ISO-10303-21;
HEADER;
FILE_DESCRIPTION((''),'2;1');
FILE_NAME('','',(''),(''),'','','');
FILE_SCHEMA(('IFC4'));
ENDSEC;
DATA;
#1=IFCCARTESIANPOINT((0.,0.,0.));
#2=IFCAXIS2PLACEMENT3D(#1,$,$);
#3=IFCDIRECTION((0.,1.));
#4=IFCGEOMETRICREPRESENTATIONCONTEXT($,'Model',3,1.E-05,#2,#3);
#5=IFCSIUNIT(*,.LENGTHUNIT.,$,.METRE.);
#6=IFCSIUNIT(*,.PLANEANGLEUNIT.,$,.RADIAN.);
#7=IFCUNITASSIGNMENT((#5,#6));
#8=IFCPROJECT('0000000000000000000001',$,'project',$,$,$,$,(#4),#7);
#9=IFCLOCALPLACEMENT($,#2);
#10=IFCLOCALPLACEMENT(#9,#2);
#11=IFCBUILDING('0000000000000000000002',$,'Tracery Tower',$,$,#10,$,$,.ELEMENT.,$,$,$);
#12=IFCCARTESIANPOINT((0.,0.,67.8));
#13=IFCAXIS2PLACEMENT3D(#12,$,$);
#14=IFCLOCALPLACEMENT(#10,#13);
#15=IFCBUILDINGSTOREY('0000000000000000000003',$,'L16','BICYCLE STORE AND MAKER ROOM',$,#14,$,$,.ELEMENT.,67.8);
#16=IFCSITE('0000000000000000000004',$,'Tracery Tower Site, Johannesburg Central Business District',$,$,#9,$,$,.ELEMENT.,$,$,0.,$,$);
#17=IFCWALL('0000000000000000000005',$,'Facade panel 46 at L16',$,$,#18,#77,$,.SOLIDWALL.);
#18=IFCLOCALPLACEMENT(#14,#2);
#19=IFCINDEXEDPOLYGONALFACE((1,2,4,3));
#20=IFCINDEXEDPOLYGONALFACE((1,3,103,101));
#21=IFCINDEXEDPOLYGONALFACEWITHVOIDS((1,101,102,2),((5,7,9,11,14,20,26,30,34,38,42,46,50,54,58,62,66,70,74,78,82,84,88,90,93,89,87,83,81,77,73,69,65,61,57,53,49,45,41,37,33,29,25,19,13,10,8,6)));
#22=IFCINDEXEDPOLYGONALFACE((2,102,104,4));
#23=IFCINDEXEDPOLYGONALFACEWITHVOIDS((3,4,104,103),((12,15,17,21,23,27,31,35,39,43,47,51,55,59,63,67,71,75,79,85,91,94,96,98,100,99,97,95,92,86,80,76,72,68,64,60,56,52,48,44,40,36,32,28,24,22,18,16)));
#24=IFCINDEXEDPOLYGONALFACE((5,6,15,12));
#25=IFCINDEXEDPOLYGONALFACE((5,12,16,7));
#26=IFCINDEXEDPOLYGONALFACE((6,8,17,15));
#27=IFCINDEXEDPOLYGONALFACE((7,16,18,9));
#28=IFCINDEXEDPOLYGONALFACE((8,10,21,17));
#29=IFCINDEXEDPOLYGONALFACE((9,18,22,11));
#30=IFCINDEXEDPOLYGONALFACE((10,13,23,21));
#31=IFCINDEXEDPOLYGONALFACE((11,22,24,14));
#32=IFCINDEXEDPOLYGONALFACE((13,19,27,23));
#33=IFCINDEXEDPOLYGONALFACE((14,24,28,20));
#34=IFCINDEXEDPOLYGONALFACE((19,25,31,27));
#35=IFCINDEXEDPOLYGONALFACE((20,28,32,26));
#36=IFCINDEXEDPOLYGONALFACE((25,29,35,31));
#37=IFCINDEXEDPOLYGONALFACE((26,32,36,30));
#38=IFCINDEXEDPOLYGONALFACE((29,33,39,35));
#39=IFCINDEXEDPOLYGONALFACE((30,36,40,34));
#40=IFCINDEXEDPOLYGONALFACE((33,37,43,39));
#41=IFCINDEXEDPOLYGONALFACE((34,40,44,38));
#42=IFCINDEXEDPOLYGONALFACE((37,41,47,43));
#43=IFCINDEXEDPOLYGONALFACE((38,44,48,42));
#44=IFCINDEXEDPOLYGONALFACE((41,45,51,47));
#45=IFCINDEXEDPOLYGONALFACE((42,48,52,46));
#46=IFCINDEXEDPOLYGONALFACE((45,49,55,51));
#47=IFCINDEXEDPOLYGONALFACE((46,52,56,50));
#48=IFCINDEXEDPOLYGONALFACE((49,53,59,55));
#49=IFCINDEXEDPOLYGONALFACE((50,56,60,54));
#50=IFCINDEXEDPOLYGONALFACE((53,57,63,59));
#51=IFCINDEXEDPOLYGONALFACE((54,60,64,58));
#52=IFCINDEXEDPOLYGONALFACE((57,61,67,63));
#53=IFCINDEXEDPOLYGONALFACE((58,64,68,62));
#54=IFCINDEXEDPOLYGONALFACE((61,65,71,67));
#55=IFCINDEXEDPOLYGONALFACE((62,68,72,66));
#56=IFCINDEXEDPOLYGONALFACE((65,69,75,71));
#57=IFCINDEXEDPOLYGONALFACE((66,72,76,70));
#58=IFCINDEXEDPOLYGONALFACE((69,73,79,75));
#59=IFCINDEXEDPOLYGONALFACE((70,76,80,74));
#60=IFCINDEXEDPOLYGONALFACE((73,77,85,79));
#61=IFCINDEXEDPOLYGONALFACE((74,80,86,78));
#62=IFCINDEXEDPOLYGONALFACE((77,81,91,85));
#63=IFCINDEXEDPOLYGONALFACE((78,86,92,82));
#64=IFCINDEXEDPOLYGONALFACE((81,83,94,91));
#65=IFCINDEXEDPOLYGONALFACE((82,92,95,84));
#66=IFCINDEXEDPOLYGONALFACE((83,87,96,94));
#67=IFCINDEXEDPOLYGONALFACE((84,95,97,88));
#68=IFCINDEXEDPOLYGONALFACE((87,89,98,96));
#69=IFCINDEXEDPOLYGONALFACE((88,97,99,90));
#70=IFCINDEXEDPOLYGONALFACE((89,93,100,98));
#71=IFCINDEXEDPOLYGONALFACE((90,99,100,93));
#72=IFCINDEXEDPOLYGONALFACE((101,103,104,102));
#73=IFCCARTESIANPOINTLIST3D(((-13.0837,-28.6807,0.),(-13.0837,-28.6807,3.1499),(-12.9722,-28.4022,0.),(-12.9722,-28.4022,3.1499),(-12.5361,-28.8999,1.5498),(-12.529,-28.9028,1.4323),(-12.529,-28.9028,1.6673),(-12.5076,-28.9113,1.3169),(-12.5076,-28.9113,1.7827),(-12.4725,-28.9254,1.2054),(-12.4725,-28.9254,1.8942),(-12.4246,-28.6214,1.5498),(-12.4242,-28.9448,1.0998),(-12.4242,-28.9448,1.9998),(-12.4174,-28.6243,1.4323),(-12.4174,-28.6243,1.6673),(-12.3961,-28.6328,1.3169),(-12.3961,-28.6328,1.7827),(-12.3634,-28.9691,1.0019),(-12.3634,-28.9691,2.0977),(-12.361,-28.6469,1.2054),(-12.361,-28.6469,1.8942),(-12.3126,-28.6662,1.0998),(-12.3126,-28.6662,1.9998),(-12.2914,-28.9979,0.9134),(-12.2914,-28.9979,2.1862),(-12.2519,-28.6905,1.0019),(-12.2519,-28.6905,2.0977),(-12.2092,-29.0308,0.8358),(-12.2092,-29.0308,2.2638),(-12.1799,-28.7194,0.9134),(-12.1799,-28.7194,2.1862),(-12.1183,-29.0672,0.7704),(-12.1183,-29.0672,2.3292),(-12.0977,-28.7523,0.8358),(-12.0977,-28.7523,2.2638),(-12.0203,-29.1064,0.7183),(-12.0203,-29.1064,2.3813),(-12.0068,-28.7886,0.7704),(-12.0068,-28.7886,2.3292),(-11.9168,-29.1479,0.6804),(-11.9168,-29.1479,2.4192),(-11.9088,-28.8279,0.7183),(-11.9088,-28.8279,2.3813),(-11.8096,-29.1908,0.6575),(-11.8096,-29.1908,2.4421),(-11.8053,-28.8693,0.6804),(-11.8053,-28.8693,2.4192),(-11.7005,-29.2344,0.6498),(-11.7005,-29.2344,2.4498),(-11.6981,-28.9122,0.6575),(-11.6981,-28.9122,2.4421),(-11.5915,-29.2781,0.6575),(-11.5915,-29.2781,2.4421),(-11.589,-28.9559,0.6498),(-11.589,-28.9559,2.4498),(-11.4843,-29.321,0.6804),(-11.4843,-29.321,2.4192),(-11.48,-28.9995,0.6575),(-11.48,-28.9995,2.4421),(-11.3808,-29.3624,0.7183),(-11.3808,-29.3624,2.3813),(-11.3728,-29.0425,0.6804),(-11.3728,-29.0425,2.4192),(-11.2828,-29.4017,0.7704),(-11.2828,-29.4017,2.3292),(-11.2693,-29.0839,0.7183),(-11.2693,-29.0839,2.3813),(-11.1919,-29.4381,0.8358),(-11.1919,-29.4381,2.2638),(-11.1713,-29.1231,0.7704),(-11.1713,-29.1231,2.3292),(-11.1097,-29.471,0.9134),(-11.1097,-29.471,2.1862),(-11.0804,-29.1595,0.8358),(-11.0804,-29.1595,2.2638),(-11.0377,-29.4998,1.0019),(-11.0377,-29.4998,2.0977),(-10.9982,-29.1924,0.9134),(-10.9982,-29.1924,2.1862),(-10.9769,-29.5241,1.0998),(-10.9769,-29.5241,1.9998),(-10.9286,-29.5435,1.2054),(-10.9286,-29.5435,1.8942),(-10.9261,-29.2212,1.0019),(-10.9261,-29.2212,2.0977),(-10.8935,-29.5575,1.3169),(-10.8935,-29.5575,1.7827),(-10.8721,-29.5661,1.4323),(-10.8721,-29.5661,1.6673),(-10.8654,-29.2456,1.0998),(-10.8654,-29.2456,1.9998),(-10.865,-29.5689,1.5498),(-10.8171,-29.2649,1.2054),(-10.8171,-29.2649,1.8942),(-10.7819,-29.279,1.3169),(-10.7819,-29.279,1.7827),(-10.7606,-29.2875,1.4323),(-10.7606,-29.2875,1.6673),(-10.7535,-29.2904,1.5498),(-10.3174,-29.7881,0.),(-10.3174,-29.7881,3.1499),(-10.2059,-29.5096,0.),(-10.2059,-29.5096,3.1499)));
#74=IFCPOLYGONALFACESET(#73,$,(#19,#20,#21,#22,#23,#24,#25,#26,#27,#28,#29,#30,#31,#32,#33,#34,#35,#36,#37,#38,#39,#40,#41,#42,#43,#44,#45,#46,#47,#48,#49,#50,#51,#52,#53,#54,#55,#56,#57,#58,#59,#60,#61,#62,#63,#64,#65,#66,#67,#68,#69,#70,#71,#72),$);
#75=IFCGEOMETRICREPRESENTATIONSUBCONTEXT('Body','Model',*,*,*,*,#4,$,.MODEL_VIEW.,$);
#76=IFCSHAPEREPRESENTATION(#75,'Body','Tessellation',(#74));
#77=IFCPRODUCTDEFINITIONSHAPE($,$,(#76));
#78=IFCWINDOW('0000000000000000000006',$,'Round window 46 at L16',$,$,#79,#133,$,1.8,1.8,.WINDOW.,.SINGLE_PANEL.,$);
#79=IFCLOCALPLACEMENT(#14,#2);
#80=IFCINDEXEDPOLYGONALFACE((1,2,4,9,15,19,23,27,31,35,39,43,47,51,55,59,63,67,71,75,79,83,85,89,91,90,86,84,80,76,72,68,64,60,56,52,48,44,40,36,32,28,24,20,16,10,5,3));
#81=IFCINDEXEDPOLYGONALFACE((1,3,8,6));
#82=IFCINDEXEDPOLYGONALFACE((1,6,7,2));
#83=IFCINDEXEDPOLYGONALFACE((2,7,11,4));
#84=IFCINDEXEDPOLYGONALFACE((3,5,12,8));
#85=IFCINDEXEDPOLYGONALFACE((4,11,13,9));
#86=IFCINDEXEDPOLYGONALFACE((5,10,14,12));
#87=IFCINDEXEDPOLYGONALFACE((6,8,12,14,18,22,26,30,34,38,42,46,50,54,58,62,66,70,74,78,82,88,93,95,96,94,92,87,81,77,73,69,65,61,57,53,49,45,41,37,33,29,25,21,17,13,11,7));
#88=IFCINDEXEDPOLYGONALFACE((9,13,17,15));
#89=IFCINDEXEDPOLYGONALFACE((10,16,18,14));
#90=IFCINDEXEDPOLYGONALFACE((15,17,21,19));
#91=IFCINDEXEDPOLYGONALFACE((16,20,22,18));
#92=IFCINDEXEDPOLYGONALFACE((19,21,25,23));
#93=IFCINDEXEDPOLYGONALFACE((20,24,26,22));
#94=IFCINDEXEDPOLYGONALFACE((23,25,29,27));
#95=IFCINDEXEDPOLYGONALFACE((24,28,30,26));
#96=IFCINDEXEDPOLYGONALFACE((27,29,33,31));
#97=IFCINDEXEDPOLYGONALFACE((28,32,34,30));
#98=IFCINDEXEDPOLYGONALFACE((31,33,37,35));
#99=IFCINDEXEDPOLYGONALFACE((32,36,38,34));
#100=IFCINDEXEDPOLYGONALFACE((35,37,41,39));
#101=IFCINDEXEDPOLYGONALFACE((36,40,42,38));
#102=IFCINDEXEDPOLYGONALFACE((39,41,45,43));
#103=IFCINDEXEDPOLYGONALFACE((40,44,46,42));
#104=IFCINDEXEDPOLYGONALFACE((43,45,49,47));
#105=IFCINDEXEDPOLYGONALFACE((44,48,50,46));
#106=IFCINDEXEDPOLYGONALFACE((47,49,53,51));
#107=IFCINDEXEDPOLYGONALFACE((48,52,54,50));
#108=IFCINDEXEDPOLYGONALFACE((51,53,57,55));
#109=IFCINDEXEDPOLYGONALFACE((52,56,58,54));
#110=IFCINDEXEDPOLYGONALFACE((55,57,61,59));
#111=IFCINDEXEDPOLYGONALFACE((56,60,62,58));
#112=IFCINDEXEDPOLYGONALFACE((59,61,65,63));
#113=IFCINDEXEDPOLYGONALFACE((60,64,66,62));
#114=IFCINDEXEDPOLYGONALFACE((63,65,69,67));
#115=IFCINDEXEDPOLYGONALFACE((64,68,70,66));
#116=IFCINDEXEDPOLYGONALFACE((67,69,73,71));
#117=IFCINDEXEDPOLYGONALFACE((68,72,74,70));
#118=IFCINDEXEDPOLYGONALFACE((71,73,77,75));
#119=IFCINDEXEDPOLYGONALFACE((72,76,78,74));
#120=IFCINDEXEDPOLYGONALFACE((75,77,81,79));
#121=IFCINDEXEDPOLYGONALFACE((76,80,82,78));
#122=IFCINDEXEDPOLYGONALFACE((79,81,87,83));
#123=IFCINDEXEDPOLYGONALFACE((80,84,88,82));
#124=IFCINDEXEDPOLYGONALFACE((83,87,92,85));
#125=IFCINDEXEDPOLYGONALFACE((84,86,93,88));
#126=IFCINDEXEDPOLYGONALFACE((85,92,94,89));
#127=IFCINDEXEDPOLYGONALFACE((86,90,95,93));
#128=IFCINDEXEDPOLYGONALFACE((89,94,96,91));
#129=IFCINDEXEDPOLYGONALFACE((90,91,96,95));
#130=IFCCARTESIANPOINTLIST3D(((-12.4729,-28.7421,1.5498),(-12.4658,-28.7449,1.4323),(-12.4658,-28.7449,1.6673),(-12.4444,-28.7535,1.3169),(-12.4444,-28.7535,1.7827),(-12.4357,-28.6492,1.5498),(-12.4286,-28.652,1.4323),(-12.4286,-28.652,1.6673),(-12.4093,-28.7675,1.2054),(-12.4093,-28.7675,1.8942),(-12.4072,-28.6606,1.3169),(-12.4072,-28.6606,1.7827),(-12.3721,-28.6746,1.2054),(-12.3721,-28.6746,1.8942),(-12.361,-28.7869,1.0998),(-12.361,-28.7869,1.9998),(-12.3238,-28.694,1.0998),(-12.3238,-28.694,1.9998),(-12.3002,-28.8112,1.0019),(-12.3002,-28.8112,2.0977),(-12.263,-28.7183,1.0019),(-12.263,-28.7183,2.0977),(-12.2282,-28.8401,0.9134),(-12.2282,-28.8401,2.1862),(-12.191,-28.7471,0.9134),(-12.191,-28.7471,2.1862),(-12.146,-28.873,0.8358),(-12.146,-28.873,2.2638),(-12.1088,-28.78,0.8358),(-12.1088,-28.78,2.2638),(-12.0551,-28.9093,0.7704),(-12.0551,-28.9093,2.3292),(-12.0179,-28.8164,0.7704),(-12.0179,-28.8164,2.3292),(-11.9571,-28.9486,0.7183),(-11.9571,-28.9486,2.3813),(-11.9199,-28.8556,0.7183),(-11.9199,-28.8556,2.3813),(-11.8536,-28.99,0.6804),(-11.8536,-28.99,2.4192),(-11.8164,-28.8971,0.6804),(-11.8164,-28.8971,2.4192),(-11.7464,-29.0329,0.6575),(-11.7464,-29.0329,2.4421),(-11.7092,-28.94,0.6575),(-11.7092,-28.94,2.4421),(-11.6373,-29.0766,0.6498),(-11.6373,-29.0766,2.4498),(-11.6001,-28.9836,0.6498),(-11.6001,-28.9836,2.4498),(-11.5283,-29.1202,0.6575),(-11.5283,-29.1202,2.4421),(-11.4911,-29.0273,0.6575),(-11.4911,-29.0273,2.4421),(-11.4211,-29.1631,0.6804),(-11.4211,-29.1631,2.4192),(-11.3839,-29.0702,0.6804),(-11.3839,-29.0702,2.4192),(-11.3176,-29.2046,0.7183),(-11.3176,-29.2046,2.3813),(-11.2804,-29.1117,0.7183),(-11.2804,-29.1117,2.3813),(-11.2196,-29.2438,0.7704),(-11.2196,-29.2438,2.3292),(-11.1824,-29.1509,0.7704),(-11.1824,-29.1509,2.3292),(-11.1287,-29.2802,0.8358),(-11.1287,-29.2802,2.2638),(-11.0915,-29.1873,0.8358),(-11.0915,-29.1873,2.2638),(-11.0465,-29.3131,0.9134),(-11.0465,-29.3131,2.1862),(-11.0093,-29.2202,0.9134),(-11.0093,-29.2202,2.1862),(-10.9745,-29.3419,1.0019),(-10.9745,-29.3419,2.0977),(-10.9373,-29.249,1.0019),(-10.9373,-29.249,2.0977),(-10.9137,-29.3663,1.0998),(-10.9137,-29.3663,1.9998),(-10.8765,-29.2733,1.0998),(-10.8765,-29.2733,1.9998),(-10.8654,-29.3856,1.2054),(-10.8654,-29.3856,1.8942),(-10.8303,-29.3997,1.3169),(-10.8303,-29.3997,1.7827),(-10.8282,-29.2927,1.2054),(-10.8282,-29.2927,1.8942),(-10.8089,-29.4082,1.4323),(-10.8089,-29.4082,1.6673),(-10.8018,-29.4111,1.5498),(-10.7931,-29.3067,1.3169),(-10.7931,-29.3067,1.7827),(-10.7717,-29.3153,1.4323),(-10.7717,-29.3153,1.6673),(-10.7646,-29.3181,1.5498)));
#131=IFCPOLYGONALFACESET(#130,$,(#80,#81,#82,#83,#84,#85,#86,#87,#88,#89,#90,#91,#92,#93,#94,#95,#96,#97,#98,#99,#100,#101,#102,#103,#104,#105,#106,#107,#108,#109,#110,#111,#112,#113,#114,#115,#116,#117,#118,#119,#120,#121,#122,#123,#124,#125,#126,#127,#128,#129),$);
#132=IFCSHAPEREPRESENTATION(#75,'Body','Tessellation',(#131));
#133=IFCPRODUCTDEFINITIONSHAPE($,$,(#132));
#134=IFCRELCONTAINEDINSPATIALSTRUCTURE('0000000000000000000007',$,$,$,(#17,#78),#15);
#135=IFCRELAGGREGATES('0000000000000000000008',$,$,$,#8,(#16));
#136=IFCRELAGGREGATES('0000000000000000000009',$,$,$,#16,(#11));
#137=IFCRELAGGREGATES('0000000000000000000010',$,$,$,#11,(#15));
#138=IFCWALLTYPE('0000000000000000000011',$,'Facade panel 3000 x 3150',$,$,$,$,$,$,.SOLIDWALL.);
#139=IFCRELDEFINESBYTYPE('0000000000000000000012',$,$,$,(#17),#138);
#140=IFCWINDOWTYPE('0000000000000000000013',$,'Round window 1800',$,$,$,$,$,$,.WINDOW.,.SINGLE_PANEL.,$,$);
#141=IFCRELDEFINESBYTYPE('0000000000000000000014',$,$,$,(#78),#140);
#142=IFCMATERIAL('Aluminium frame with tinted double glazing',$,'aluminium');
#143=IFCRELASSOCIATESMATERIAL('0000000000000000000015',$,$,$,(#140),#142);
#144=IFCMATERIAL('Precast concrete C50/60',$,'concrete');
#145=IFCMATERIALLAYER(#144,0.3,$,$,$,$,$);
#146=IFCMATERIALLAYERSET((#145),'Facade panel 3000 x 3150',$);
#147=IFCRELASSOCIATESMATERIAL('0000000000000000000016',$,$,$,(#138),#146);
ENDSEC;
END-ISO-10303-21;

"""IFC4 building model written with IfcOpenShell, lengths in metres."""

from ifc_helpers import new_model, si_unit, direction, frame, frame_2d, origin, origin_2d, place, context, subcontext, project, spatial, rectangle, circle, extrude, material, layer, layer_set, type_object, element, fill, save


model = new_model("IFC4")

# Units and contexts
model_context = context("Model", 3, precision=1e-05, world=origin(), true_north=direction((0.0, 1.0)))
body_context = subcontext(model_context, "Body", "Model", "MODEL_VIEW")
ifc_project = project(units=[si_unit("LENGTHUNIT", "METRE"), si_unit("PLANEANGLEUNIT", "RADIAN")], contexts=[model_context])

# Site, building, storey
site_placement = place(None, origin())
site = spatial("IfcSite", under=ifc_project, at=site_placement, Name="Tracery Tower Site, Johannesburg Central Business District", CompositionType="ELEMENT", RefElevation=0.0)
building_placement = place(site_placement, origin())
building = spatial("IfcBuilding", under=site, at=building_placement, Name="Tracery Tower", CompositionType="ELEMENT")
storey_placement = place(building_placement, frame((0.0, 0.0, 67.8)))
storey = spatial("IfcBuildingStorey", under=building, at=storey_placement, Name="L16", Description="BICYCLE STORE AND MAKER ROOM", CompositionType="ELEMENT", Elevation=67.8)

# Wall, opening, window
ifc_material_1 = material(Name="Aluminium frame with tinted double glazing", Category="aluminium")
window_type = type_object("IfcWindowType", Name="Round window 1800", PartitioningType="SINGLE_PANEL", PredefinedType="WINDOW", material=ifc_material_1)
ifc_material_2 = material(Name="Precast concrete C50/60", Category="concrete")
ifc_layer_1 = layer(ifc_material_2, 0.3)
ifc_layer_set_1 = layer_set([ifc_layer_1], Name="Facade panel 3000 x 3150")
wall_type_1 = type_object("IfcWallType", Name="Facade panel 3000 x 3150", PredefinedType="SOLIDWALL", material=ifc_layer_set_1)
wall_1_placement = place(storey_placement, frame((-13.0278, -28.5415, 0.0), z_axis=(0.0, 0.0, 1.0), x_axis=(0.928375, -0.371645, 0.0)))
wall_1 = element("IfcWall", 1, at=wall_1_placement, inside=storey, type_object=wall_type_1, Name="Facade panel 46 at L16", PredefinedType="SOLIDWALL", context=body_context, shape_type="SweptSolid", body=[
    extrude(rectangle(XDim=2.9797, YDim=0.3, at=frame_2d((1.4897, 0.0))), origin(), (0.0, 0.0, 1.0), 3.1499),
])
opening_1_placement = place(wall_1_placement, frame((1.4897, 0.0, 1.5498)))
opening_1 = element("IfcOpeningElement", 2, at=opening_1_placement, cuts=wall_1, PredefinedType="OPENING", context=body_context, shape_type="SweptSolid", body=[
    extrude(circle(Radius=0.9, at=origin_2d()), frame((0.0, 0.1599, 0.0), z_axis=(0.0, -1.0, 0.0), x_axis=(1.0, 0.0, 0.0)), (0.0, 0.0, 1.0), 0.3201),
])
window_1_placement = place(opening_1_placement, origin())
window_1 = element("IfcWindow", 3, at=window_1_placement, inside=storey, type_object=window_type, Name="Round window 46 at L16", OverallHeight=1.8, OverallWidth=1.8, PartitioningType="SINGLE_PANEL", PredefinedType="WINDOW", context=body_context, shape_type="SweptSolid", body=[
    extrude(circle(Radius=0.9, at=origin_2d()), frame((0.0, 0.1201, 0.0), z_axis=(0.0, -1.0, 0.0), x_axis=(1.0, 0.0, 0.0)), (0.0, 0.0, 1.0), 0.1001),
])
fill(opening_1, window_1)

save(model, "model.ifc")
